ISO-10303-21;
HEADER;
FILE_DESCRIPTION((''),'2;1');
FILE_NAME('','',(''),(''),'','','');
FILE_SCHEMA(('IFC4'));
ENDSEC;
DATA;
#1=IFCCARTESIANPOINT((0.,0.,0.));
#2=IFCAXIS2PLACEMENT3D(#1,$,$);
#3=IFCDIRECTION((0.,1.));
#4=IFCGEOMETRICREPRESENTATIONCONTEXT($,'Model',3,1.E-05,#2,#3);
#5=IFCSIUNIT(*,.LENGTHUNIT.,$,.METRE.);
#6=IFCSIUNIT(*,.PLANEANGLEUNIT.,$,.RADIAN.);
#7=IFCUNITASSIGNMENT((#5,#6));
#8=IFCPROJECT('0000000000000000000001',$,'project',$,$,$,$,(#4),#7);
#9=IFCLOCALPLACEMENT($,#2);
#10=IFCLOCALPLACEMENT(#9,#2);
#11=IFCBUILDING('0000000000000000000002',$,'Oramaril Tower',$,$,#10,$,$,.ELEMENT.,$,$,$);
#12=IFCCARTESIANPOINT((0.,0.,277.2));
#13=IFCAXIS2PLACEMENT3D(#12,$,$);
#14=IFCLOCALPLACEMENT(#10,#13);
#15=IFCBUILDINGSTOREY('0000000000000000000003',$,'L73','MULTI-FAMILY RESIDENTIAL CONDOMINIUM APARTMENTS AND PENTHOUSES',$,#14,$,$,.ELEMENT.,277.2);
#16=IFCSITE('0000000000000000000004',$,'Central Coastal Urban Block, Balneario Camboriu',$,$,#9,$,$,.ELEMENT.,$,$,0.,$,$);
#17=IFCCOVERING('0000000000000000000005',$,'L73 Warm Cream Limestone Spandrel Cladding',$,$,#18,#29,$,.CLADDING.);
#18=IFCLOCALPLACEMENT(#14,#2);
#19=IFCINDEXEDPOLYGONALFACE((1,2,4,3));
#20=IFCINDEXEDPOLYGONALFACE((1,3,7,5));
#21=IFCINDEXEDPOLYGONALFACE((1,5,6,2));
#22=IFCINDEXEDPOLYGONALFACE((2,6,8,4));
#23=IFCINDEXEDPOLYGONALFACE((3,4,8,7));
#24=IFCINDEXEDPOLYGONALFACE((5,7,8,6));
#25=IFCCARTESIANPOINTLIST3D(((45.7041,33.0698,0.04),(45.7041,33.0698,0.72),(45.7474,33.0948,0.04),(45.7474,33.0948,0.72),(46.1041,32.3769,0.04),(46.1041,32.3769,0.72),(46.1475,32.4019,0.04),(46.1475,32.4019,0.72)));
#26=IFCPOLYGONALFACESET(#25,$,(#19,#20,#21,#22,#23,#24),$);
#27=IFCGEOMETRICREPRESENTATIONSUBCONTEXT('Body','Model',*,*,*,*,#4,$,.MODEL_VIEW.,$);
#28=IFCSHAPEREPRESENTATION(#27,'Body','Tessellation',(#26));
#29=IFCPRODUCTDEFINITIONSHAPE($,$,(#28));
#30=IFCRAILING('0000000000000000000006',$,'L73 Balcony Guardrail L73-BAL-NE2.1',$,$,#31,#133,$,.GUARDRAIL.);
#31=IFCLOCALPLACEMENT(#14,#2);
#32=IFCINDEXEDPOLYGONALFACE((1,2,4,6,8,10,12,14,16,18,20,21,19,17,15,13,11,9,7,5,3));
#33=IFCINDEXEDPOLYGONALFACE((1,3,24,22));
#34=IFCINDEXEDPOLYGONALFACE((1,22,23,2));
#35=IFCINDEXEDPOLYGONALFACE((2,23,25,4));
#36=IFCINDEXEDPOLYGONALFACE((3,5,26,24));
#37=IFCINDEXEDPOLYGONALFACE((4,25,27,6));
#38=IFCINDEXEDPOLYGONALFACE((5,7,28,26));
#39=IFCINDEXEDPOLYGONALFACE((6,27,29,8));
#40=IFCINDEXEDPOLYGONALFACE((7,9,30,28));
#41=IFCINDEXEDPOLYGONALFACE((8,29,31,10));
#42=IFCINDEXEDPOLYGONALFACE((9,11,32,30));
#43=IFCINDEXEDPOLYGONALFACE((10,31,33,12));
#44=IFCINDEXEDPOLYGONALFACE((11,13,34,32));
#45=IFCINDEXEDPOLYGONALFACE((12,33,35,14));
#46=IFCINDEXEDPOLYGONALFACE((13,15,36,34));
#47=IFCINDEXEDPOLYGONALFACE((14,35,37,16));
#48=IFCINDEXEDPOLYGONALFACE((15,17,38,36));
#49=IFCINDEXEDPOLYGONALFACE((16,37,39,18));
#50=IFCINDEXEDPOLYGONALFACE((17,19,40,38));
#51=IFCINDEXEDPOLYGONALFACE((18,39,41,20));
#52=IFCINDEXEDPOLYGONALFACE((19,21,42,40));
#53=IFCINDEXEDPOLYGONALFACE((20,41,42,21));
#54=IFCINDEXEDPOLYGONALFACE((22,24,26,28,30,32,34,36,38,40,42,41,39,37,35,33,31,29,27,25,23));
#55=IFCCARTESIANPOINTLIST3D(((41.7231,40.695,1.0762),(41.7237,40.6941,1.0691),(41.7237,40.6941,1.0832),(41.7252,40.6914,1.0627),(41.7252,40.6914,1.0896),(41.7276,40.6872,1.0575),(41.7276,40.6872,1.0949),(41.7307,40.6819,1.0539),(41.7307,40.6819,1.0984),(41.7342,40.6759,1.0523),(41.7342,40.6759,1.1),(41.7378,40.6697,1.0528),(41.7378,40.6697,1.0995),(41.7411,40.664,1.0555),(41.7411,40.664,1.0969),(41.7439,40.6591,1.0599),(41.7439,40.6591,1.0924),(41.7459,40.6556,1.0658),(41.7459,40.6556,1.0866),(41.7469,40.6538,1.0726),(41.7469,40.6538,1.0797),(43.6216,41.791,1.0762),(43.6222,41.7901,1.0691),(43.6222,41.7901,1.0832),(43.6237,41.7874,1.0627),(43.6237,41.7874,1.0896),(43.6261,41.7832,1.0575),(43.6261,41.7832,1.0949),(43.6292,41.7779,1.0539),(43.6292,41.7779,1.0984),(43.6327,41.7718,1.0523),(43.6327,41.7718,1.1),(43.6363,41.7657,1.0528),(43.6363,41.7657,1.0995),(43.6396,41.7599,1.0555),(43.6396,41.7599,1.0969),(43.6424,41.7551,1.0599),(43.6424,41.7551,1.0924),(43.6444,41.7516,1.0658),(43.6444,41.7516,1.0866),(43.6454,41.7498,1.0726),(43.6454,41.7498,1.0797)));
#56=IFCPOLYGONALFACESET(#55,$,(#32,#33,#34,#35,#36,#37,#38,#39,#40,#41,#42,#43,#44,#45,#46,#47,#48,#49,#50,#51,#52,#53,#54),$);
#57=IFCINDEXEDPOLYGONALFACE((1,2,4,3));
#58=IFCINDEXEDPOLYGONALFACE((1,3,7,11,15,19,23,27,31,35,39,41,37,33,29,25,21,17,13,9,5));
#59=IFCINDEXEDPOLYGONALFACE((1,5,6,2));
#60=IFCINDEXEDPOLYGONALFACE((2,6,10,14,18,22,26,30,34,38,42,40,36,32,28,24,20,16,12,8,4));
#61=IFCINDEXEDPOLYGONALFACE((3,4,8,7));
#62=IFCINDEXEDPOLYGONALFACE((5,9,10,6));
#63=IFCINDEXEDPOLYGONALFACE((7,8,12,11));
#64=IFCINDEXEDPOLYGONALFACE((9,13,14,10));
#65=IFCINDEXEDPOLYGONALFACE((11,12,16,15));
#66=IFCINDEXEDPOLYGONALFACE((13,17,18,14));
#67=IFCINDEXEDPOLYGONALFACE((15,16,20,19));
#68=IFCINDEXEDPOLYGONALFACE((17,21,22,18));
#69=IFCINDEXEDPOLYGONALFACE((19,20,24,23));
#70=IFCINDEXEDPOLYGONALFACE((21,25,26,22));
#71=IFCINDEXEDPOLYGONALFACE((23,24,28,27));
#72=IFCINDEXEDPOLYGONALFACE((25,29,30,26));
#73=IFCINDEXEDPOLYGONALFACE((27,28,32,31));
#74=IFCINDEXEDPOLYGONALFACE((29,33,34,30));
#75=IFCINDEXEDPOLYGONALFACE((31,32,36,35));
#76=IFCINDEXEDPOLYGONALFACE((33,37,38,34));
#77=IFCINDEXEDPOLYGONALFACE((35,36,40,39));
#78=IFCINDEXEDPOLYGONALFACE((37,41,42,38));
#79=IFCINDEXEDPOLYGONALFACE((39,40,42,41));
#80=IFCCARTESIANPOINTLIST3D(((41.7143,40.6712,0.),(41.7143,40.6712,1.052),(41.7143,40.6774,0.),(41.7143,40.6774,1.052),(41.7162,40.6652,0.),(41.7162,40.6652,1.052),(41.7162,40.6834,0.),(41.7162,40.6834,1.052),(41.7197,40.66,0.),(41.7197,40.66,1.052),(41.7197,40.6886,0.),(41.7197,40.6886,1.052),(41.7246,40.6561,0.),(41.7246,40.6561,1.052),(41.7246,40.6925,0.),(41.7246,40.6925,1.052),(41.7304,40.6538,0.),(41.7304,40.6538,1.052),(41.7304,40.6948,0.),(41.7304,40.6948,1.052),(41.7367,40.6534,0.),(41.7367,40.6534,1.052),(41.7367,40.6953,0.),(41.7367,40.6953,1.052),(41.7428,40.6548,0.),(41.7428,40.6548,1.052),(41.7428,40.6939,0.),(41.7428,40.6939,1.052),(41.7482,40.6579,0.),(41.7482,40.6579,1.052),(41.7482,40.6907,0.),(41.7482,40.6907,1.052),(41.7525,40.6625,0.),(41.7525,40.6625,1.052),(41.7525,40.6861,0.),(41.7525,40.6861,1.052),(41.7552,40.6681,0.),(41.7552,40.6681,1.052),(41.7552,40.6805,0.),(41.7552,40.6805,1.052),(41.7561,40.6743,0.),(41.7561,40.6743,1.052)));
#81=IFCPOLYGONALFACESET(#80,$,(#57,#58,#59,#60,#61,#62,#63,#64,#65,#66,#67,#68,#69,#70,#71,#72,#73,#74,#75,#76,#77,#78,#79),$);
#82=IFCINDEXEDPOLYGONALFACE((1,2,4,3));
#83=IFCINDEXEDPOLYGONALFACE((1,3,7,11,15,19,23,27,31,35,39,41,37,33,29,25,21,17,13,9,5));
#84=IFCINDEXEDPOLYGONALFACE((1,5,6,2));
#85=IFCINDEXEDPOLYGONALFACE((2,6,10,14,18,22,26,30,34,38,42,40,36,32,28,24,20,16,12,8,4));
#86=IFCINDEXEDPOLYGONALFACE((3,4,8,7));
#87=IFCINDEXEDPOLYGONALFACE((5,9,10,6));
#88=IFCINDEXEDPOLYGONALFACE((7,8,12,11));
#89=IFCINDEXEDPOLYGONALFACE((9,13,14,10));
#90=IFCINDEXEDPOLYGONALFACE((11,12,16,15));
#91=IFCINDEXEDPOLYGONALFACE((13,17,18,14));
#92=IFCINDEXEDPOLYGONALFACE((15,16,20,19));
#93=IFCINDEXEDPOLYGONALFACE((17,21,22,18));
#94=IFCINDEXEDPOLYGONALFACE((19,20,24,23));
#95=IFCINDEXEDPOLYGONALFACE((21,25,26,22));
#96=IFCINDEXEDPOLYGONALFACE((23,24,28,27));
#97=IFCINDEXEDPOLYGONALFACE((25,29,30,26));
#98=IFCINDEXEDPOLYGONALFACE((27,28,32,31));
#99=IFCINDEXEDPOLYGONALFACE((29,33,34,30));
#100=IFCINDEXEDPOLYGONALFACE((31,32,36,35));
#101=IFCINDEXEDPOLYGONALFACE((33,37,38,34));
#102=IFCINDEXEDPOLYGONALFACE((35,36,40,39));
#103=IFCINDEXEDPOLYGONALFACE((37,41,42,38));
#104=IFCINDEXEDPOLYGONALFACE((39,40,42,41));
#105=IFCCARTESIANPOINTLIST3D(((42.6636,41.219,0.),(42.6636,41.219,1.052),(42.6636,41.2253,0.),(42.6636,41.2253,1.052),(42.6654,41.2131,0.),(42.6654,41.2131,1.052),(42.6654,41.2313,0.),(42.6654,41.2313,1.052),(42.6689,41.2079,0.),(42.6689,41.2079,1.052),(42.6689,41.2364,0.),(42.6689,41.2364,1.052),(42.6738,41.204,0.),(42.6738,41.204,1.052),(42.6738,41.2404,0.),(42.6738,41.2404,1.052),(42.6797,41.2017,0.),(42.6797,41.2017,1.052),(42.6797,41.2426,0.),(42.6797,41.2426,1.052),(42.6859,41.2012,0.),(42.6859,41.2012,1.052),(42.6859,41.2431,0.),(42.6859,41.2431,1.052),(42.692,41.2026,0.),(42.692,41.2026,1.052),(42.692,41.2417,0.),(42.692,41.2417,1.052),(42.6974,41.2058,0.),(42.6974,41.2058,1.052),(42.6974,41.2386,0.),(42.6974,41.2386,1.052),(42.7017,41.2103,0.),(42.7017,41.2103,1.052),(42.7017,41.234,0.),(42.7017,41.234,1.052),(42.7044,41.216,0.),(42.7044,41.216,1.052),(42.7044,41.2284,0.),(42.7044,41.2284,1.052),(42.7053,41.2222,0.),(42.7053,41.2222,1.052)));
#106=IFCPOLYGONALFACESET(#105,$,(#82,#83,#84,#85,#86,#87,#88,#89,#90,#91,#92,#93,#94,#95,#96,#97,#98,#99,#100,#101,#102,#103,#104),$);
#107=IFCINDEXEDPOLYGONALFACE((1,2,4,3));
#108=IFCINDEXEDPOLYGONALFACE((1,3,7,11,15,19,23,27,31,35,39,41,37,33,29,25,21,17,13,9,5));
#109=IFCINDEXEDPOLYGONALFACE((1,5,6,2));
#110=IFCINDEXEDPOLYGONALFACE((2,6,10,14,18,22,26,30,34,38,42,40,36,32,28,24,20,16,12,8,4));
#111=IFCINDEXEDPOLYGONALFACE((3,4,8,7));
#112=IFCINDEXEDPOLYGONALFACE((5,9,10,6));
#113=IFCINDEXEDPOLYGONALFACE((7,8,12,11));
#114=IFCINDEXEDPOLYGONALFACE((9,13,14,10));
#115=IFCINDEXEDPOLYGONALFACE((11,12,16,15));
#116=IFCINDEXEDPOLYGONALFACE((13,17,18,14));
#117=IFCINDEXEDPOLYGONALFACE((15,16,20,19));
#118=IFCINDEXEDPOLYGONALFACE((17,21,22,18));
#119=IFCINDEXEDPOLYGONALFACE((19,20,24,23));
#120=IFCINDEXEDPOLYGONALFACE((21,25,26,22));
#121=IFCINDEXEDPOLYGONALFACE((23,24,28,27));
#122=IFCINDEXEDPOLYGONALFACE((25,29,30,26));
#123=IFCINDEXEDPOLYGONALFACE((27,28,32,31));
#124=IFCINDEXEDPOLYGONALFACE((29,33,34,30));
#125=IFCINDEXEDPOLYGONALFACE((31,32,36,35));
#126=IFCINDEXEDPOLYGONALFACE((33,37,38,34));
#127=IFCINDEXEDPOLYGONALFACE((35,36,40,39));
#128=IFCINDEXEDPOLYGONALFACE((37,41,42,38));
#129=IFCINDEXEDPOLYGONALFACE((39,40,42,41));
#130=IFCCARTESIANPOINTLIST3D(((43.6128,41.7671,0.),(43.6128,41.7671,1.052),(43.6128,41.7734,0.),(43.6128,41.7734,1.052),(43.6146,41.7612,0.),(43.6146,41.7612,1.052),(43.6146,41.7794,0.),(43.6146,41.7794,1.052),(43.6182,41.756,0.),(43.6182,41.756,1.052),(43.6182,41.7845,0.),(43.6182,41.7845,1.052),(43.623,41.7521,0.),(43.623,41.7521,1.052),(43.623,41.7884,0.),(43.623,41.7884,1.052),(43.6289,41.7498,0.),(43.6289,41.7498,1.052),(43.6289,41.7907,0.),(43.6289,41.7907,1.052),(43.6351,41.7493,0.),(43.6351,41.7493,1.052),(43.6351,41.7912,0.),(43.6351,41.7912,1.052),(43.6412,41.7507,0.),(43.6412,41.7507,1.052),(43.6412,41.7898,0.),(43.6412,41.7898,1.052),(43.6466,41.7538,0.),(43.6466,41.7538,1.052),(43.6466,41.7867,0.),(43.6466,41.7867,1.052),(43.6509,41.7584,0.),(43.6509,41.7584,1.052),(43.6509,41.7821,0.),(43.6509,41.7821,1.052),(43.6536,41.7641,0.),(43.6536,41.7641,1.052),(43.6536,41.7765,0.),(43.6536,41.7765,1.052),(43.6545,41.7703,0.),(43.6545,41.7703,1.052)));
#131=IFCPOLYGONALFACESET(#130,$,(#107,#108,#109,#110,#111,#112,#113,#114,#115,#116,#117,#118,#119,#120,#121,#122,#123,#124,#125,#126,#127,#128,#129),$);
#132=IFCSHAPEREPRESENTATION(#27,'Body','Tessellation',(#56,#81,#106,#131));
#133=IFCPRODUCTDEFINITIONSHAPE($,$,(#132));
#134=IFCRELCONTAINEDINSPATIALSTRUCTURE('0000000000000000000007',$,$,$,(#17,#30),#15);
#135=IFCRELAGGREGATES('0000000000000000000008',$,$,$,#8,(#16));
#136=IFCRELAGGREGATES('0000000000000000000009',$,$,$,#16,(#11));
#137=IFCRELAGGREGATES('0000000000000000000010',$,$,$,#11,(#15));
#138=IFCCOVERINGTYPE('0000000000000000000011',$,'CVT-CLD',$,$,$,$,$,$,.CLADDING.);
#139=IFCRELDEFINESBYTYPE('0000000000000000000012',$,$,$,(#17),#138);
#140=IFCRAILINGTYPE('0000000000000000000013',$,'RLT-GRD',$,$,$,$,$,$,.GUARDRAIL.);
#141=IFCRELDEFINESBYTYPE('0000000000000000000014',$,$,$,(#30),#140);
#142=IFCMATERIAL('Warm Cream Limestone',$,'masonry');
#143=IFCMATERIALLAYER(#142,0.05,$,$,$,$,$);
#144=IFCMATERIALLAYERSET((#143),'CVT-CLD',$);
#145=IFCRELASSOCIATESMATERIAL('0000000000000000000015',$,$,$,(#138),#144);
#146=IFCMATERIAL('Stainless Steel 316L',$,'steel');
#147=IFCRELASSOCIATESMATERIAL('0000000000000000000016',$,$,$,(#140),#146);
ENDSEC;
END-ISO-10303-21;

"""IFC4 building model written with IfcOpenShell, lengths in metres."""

from ifc_helpers import new_model, si_unit, direction, frame, origin, origin_2d, place, context, subcontext, project, spatial, rectangle, circle, extrude, material, layer, layer_set, type_object, element, save


model = new_model("IFC4")

# Units and contexts
model_context = context("Model", 3, precision=1e-05, world=origin(), true_north=direction((0.0, 1.0)))
body_context = subcontext(model_context, "Body", "Model", "MODEL_VIEW")
ifc_project = project(units=[si_unit("LENGTHUNIT", "METRE"), si_unit("PLANEANGLEUNIT", "RADIAN")], contexts=[model_context])

# Site, building, storey
site_placement = place(None, origin())
site = spatial("IfcSite", under=ifc_project, at=site_placement, Name="Central Coastal Urban Block, Balneario Camboriu", CompositionType="ELEMENT", RefElevation=0.0)
building_placement = place(site_placement, origin())
building = spatial("IfcBuilding", under=site, at=building_placement, Name="Oramaril Tower", CompositionType="ELEMENT")
storey_placement = place(building_placement, frame((0.0, 0.0, 277.2)))
storey = spatial("IfcBuildingStorey", under=building, at=storey_placement, Name="L73", Description="MULTI-FAMILY RESIDENTIAL CONDOMINIUM APARTMENTS AND PENTHOUSES", CompositionType="ELEMENT", Elevation=277.2)

# Covering
ifc_material_1 = material(Name="Warm Cream Limestone", Category="masonry")
ifc_layer_1 = layer(ifc_material_1, 0.05)
ifc_layer_set_1 = layer_set([ifc_layer_1], Name="CVT-CLD")
covering_type = type_object("IfcCoveringType", Name="CVT-CLD", PredefinedType="CLADDING", material=ifc_layer_set_1)
covering_placement = place(storey_placement, frame((45.9258, 32.7358, 0.04), z_axis=(0.0, 0.0, 1.0), x_axis=(-0.499998, 0.866026, 0.0)))
element("IfcCovering", 1, at=covering_placement, inside=storey, type_object=covering_type, Name="L73 Warm Cream Limestone Spandrel Cladding", PredefinedType="CLADDING", context=body_context, shape_type="SweptSolid", body=[
    extrude(rectangle(XDim=0.8, YDim=0.05, at=origin_2d()), origin(), (0.0, 0.0, 1.0), 0.6799),
])

# Railing
ifc_material_2 = material(Name="Stainless Steel 316L", Category="steel")
railing_type = type_object("IfcRailingType", Name="RLT-GRD", PredefinedType="GUARDRAIL", material=ifc_material_2)
railing_1_placement = place(storey_placement, frame((41.7351, 40.6743, 0.0)))
element("IfcRailing", 2, at=railing_1_placement, inside=storey, type_object=railing_type, Name="L73 Balcony Guardrail L73-BAL-NE2.1", PredefinedType="GUARDRAIL", context=body_context, shape_type="SweptSolid", body=[
    extrude(circle(Radius=0.0239, at=origin_2d()), frame((0.0, 0.0, 1.0762), z_axis=(0.866048, 0.49996, 0.0), x_axis=(-0.49996, 0.866048, 0.0)), (0.0, 0.0, 1.0), 2.1921),
    extrude(circle(Radius=0.021, at=origin_2d()), origin(), (0.0, 0.0, 1.0), 1.052),
    extrude(circle(Radius=0.021, at=origin_2d()), frame((0.9492, 0.5479, 0.0)), (0.0, 0.0, 1.0), 1.052),
    extrude(circle(Radius=0.021, at=origin_2d()), frame((1.8984, 1.0959, 0.0)), (0.0, 0.0, 1.0), 1.052),
])

save(model, "model.ifc")
